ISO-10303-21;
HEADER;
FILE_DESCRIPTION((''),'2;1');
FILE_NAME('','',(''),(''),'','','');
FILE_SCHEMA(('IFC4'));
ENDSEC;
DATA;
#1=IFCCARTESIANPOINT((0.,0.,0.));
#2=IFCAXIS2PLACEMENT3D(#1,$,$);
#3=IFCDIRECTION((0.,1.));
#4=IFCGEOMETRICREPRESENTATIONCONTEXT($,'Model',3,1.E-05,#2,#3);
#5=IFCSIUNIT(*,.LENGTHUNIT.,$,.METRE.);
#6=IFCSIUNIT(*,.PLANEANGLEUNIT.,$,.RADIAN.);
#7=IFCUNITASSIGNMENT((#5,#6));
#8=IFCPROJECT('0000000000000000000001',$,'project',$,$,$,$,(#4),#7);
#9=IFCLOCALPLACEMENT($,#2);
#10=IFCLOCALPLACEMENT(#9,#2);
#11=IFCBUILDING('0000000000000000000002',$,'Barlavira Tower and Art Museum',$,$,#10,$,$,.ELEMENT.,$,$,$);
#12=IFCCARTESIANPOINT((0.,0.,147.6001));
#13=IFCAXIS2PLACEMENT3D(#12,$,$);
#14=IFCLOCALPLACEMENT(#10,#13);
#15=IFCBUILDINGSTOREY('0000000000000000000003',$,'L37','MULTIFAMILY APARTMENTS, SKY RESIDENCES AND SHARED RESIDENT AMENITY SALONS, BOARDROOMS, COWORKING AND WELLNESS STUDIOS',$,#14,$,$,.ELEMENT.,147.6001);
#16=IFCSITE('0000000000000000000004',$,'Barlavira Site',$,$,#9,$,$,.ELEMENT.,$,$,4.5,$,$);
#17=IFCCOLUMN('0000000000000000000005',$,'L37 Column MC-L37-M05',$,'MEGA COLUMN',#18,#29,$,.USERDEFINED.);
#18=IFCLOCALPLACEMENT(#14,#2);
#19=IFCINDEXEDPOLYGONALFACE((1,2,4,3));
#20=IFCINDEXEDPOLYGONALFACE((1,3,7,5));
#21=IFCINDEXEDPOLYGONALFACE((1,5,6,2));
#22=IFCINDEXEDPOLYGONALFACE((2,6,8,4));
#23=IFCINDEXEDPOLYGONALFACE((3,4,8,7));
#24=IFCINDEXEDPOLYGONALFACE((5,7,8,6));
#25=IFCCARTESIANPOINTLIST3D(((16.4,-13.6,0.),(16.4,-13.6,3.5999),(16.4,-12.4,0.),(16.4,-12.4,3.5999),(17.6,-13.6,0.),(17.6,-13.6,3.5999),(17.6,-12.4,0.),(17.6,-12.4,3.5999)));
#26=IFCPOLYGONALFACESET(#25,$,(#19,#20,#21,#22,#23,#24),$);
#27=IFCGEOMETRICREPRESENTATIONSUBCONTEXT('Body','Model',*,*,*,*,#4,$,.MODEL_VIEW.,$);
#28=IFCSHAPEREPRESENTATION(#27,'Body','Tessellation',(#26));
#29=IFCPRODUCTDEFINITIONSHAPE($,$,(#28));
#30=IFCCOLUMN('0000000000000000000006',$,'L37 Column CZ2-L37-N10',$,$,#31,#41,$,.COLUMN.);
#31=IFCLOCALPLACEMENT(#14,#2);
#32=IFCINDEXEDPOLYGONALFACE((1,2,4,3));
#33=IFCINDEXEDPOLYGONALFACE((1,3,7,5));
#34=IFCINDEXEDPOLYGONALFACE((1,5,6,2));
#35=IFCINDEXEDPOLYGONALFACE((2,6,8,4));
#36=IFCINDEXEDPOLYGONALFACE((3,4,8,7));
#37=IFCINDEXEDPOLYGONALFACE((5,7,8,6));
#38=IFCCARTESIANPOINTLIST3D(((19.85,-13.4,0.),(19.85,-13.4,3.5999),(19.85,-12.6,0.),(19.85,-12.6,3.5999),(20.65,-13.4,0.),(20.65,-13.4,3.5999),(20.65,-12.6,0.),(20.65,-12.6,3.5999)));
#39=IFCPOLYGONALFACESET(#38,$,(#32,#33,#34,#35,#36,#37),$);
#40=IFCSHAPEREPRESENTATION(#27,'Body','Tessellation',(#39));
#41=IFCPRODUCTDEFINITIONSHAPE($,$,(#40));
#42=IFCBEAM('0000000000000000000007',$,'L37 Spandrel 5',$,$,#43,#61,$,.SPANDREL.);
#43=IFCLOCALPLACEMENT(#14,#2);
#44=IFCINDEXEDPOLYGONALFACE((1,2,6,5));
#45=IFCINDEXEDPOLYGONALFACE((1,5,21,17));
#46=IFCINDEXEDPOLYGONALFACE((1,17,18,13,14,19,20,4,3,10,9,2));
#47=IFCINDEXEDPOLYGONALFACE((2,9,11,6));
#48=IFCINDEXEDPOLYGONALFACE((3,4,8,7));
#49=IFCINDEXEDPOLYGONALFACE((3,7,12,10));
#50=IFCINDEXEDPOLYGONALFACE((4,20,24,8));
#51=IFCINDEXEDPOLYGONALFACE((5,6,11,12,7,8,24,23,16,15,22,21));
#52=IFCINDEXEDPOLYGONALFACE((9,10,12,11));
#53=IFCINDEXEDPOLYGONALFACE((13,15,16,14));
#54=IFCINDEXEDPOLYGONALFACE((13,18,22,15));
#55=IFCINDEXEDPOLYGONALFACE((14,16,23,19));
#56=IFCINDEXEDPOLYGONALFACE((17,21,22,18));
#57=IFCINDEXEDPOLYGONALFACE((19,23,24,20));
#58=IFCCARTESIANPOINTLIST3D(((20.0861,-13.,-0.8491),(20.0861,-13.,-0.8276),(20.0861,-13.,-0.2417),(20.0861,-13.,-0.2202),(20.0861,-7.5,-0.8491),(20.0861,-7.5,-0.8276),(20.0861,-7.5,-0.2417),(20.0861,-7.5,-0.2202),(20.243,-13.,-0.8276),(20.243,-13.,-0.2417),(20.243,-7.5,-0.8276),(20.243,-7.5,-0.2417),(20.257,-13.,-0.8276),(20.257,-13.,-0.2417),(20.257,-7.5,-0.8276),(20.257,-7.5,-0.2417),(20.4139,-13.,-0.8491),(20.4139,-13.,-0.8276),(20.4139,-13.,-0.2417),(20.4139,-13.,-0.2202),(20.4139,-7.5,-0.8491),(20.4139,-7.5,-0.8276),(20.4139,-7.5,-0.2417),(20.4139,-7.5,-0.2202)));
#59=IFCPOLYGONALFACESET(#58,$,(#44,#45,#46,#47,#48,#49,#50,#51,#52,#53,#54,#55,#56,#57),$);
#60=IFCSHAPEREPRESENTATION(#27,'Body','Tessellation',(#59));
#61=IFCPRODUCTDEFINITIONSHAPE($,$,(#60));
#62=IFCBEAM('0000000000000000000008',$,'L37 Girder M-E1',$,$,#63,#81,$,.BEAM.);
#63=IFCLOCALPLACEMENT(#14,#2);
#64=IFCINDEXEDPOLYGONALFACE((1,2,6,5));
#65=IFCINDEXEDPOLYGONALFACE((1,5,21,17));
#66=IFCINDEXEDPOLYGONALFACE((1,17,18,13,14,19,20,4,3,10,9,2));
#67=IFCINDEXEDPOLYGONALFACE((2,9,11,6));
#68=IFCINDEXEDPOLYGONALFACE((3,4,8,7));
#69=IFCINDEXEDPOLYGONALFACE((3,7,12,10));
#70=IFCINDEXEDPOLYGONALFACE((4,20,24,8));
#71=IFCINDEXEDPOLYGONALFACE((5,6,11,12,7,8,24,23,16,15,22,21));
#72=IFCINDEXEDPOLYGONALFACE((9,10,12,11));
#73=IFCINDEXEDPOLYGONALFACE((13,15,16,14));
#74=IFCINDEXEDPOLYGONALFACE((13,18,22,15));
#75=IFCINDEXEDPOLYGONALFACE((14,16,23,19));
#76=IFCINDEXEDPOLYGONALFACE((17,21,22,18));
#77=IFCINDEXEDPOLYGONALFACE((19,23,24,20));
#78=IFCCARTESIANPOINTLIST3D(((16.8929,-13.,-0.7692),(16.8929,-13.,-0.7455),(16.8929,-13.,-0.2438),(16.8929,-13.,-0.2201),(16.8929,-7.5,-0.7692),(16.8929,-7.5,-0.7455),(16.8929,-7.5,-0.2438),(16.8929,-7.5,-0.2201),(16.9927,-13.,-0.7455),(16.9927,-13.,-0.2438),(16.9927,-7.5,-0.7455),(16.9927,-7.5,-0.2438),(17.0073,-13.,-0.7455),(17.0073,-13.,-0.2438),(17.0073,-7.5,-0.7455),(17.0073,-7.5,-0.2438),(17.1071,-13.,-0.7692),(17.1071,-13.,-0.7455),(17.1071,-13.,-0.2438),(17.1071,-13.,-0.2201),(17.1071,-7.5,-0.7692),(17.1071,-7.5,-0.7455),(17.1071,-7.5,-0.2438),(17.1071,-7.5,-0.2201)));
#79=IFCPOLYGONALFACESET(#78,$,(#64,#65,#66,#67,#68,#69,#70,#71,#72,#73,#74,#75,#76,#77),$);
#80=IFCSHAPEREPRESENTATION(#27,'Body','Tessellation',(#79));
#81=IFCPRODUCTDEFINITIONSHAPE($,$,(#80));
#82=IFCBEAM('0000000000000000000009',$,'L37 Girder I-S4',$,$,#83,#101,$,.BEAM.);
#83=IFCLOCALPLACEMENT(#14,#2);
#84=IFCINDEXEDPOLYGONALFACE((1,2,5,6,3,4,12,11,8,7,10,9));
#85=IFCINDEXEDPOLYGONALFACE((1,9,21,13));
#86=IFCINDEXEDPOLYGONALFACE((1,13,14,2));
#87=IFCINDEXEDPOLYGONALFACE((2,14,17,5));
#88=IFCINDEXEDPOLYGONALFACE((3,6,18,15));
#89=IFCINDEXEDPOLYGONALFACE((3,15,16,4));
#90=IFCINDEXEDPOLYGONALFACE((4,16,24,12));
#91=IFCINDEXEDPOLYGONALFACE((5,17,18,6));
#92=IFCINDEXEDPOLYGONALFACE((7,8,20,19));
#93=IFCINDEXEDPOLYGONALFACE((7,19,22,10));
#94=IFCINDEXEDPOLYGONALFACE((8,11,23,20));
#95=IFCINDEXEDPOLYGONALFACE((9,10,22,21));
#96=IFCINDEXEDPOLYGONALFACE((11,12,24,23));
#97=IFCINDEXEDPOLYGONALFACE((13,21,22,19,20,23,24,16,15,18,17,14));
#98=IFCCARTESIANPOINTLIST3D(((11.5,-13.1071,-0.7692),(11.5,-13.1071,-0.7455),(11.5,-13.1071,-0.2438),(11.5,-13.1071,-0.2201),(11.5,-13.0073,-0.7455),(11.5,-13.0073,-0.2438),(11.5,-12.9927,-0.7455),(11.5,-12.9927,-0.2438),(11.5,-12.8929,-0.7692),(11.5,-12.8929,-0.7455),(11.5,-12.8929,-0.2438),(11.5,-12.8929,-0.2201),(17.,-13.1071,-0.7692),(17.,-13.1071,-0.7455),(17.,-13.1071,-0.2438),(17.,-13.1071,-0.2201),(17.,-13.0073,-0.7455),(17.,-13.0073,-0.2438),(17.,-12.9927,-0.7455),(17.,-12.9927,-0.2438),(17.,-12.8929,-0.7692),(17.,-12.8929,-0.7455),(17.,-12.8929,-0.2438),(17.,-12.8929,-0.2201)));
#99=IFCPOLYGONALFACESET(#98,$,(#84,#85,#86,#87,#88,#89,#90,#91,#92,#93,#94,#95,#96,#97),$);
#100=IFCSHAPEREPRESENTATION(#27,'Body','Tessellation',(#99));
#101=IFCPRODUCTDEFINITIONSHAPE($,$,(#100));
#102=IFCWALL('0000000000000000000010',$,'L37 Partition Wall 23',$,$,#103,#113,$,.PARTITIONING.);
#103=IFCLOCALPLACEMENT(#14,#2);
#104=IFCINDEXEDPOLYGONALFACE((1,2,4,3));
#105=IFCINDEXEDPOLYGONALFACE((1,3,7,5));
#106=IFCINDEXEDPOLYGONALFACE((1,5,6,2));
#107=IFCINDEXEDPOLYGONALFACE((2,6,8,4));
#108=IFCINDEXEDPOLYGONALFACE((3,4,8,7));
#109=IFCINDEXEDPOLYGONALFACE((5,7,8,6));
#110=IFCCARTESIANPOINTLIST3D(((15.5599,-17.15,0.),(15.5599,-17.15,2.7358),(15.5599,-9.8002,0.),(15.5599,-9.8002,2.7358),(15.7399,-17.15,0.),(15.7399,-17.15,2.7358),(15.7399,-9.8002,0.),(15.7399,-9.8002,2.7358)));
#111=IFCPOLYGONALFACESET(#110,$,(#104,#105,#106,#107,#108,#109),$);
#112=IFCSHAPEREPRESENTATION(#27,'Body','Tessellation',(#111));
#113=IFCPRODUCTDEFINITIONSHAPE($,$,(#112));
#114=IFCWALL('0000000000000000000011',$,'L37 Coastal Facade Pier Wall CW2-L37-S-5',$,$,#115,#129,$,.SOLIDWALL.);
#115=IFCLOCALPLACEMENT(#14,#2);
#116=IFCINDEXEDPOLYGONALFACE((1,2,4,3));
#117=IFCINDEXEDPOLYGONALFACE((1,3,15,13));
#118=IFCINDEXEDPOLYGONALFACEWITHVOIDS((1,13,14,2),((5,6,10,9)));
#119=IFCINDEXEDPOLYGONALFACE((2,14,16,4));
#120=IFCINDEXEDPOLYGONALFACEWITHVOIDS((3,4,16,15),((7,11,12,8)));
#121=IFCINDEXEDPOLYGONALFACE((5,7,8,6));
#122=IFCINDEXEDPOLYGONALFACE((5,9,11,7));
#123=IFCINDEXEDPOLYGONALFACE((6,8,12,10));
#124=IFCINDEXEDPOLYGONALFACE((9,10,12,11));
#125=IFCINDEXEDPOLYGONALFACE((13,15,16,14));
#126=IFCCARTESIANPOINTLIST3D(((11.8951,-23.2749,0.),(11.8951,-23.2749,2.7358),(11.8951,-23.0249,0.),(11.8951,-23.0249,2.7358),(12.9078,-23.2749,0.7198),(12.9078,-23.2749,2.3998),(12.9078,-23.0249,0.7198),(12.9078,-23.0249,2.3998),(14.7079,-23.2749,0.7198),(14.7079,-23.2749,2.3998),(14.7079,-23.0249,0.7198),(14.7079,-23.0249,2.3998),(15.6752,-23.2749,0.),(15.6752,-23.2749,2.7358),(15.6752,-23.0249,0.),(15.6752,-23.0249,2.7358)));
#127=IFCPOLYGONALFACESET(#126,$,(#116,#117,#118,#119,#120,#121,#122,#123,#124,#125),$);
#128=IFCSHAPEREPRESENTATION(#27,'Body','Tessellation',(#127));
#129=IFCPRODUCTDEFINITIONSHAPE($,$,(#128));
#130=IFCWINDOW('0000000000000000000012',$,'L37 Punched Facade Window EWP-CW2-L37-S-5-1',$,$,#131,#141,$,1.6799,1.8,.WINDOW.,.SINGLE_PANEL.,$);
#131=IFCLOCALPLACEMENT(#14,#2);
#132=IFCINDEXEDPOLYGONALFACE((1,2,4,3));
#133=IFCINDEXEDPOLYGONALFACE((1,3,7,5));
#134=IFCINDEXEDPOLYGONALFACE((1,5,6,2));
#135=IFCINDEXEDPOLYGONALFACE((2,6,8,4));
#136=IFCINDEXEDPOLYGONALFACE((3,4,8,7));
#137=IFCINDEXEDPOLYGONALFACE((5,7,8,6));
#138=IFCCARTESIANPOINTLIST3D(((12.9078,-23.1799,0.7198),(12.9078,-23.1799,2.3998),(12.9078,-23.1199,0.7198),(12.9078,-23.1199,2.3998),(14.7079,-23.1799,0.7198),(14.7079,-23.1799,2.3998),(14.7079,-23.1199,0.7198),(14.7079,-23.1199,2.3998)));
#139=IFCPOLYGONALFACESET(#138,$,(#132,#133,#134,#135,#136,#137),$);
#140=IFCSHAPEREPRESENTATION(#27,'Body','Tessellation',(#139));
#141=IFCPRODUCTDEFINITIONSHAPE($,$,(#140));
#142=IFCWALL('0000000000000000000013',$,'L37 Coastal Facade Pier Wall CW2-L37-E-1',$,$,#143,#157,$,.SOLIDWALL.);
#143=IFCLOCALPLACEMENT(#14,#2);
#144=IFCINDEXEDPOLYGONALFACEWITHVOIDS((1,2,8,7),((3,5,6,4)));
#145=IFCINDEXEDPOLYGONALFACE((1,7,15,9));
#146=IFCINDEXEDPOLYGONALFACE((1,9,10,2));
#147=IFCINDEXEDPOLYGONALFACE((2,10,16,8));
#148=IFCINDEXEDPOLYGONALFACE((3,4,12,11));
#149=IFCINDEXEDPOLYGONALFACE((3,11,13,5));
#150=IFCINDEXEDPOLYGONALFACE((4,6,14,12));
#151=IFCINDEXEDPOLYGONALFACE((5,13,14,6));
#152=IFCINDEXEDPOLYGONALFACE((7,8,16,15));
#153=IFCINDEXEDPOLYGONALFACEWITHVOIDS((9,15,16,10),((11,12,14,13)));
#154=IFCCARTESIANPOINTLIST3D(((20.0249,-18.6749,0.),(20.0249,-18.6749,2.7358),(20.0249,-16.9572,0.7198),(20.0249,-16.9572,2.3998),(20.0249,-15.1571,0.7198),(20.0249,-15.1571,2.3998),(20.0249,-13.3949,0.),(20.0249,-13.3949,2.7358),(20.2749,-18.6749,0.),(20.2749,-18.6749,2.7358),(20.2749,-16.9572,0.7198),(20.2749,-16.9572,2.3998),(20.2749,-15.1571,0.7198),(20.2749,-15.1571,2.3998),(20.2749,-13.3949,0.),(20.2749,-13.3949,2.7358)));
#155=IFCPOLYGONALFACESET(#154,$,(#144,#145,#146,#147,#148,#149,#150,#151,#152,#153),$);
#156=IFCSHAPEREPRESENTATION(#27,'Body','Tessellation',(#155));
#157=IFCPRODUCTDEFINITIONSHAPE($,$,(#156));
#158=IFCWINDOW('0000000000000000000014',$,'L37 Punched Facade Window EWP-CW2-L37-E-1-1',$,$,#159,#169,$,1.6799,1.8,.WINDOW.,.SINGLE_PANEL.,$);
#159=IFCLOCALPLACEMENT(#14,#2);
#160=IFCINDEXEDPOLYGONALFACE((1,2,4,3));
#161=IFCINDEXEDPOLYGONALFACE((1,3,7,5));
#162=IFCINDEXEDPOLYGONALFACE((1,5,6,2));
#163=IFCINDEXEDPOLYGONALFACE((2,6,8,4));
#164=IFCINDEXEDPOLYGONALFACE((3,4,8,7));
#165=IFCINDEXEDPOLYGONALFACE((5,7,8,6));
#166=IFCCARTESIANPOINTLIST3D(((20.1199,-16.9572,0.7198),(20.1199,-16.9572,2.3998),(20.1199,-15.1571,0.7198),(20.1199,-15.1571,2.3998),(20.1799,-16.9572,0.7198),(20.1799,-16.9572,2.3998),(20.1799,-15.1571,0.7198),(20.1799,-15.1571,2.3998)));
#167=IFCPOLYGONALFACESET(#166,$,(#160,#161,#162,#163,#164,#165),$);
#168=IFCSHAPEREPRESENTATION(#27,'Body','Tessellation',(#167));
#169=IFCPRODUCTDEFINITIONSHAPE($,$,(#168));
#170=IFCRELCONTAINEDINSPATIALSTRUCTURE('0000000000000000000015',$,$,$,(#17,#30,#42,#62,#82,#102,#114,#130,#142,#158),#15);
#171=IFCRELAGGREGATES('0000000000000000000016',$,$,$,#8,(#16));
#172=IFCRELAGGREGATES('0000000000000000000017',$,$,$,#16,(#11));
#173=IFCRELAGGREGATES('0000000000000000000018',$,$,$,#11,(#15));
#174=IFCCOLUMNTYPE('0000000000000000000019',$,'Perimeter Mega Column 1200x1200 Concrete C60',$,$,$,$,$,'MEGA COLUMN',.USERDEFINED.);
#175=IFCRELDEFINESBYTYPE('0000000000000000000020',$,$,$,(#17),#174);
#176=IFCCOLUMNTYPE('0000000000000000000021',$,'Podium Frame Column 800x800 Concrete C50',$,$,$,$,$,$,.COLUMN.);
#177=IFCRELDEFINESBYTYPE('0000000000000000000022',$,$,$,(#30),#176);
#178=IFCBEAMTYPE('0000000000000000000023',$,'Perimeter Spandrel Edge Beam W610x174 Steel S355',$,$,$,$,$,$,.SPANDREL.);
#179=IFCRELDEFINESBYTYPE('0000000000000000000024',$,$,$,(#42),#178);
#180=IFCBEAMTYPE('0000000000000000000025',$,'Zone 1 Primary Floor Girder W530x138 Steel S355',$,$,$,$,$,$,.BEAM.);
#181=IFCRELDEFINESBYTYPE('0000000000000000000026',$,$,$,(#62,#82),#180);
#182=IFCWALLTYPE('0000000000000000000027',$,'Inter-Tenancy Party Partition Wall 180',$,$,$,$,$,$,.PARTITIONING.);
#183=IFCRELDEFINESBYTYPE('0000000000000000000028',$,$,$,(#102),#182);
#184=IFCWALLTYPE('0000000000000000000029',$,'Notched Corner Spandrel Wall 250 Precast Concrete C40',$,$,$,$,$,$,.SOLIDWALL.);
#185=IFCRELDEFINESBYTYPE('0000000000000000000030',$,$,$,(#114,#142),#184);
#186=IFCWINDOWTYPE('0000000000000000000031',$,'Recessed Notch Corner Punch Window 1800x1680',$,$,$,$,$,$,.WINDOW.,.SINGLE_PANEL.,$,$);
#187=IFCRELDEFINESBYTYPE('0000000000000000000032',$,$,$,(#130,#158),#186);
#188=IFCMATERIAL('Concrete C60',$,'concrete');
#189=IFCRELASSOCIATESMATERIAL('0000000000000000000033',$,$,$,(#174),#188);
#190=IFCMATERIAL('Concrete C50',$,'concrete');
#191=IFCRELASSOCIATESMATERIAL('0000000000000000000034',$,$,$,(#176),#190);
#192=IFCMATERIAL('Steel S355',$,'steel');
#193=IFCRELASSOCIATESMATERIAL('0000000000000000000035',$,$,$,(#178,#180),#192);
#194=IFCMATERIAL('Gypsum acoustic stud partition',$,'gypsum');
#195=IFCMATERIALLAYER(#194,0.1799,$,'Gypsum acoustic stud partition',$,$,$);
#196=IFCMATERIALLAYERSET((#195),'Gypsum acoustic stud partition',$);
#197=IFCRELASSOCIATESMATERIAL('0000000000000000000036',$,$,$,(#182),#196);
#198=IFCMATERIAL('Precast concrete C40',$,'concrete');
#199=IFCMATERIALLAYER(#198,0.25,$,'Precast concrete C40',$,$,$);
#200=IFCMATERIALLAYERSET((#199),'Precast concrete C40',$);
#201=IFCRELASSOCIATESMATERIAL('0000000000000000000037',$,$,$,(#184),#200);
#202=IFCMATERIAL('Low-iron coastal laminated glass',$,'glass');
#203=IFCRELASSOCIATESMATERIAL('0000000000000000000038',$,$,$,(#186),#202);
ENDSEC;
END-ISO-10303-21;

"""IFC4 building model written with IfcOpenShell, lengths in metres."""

from ifc_helpers import new_model, si_unit, direction, frame, frame_2d, origin, origin_2d, place, context, subcontext, project, spatial, rectangle, i_section, extrude, material, layer, layer_set, material_profile, profile_set, type_object, element, fill, save


model = new_model("IFC4")

# Units and contexts
model_context = context("Model", 3, precision=1e-05, world=origin(), true_north=direction((0.0, 1.0)))
body_context = subcontext(model_context, "Body", "Model", "MODEL_VIEW")
ifc_project = project(units=[si_unit("LENGTHUNIT", "METRE"), si_unit("PLANEANGLEUNIT", "RADIAN")], contexts=[model_context])

# Site, building, storey
site_placement = place(None, origin())
site = spatial("IfcSite", under=ifc_project, at=site_placement, Name="Barlavira Site", CompositionType="ELEMENT", RefElevation=4.5)
building_placement = place(site_placement, origin())
building = spatial("IfcBuilding", under=site, at=building_placement, Name="Barlavira Tower and Art Museum", CompositionType="ELEMENT")
storey_placement = place(building_placement, frame((0.0, 0.0, 147.6001)))
storey = spatial("IfcBuildingStorey", under=building, at=storey_placement, Name="L37", Description="MULTIFAMILY APARTMENTS, SKY RESIDENCES AND SHARED RESIDENT AMENITY SALONS, BOARDROOMS, COWORKING AND WELLNESS STUDIOS", CompositionType="ELEMENT", Elevation=147.6001)

# Columns
ifc_material_1 = material(Name="Concrete C60", Category="concrete")
ifc_material_profile_1 = material_profile(ifc_material_1, rectangle(XDim=1.2, YDim=1.2, at=origin_2d()), Name="RC-COL 1200x1200")
ifc_profile_set_1 = profile_set([ifc_material_profile_1], Name="Concrete C60")
column_type_1 = type_object("IfcColumnType", Name="Perimeter Mega Column 1200x1200 Concrete C60", ElementType="MEGA COLUMN", PredefinedType="USERDEFINED", material=ifc_profile_set_1)
column_1_placement = place(storey_placement, frame((17.0, -13.0, 0.0), z_axis=(0.0, 0.0, 1.0), x_axis=(1.0, 0.0, 0.0)))
element("IfcColumn", 1, at=column_1_placement, inside=storey, type_object=column_type_1, Name="L37 Column MC-L37-M05", ObjectType="MEGA COLUMN", PredefinedType="USERDEFINED", context=body_context, shape_type="SweptSolid", body=[
    extrude(rectangle(XDim=1.2, YDim=1.2, at=origin_2d()), origin(), (0.0, 0.0, 1.0), 3.5999),
])
ifc_material_2 = material(Name="Concrete C50", Category="concrete")
ifc_material_profile_2 = material_profile(ifc_material_2, rectangle(XDim=0.8, YDim=0.8, at=origin_2d()), Name="RC-COL 800x800")
ifc_profile_set_2 = profile_set([ifc_material_profile_2], Name="Concrete C50")
column_type_2 = type_object("IfcColumnType", Name="Podium Frame Column 800x800 Concrete C50", PredefinedType="COLUMN", material=ifc_profile_set_2)
column_2_placement = place(storey_placement, frame((20.25, -13.0, 0.0), z_axis=(0.0, 0.0, 1.0), x_axis=(1.0, 0.0, 0.0)))
element("IfcColumn", 2, at=column_2_placement, inside=storey, type_object=column_type_2, Name="L37 Column CZ2-L37-N10", PredefinedType="COLUMN", context=body_context, shape_type="SweptSolid", body=[
    extrude(rectangle(XDim=0.8, YDim=0.8, at=origin_2d()), origin(), (0.0, 0.0, 1.0), 3.5999),
])

# Beams
ifc_material_3 = material(Name="Steel S355", Category="steel")
ifc_material_profile_3 = material_profile(ifc_material_3, i_section(OverallWidth=0.3279, OverallDepth=0.6289, WebThickness=0.0139, FlangeThickness=0.0215, at=origin_2d()), Name="W610x174.0")
ifc_profile_set_3 = profile_set([ifc_material_profile_3], Name="Steel S355")
beam_type_1 = type_object("IfcBeamType", Name="Perimeter Spandrel Edge Beam W610x174 Steel S355", PredefinedType="SPANDREL", material=ifc_profile_set_3)
beam_placement = place(storey_placement, frame((20.25, -13.0, -0.5347), z_axis=(0.0, 1.0, 0.0), x_axis=(-1.0, 0.0, 0.0)))
element("IfcBeam", 3, at=beam_placement, inside=storey, type_object=beam_type_1, Name="L37 Spandrel 5", PredefinedType="SPANDREL", context=body_context, shape_type="SweptSolid", body=[
    extrude(i_section(OverallWidth=0.3279, OverallDepth=0.6289, WebThickness=0.0139, FlangeThickness=0.0215, at=origin_2d()), origin(), (0.0, 0.0, 1.0), 5.5),
])
ifc_material_profile_4 = material_profile(ifc_material_3, i_section(OverallWidth=0.2141, OverallDepth=0.5491, WebThickness=0.0146, FlangeThickness=0.0237, at=origin_2d()), Name="W530x138.0")
ifc_profile_set_4 = profile_set([ifc_material_profile_4], Name="Steel S355")
beam_type_2 = type_object("IfcBeamType", Name="Zone 1 Primary Floor Girder W530x138 Steel S355", PredefinedType="BEAM", material=ifc_profile_set_4)
for number, where, z_axis, x_axis, name in (
    (4, (17.0, -13.0, -0.4946), (0.0, 1.0, 0.0), (-1.0, 0.0, 0.0), "L37 Girder M-E1"),
    (5, (11.5, -13.0, -0.4946), (1.0, 0.0, 0.0), (0.0, 1.0, 0.0), "L37 Girder I-S4"),
):
    element("IfcBeam", number, at=place(storey_placement, frame(where, z_axis=z_axis, x_axis=x_axis)), inside=storey, type_object=beam_type_2, Name=name, PredefinedType="BEAM", context=body_context, shape_type="SweptSolid", body=[
        extrude(i_section(OverallWidth=0.2141, OverallDepth=0.5491, WebThickness=0.0146, FlangeThickness=0.0237, at=origin_2d()), origin(), (0.0, 0.0, 1.0), 5.5),
    ])

# Wall
ifc_material_4 = material(Name="Gypsum acoustic stud partition", Category="gypsum")
ifc_layer_1 = layer(ifc_material_4, 0.1799, Name="Gypsum acoustic stud partition")
ifc_layer_set_1 = layer_set([ifc_layer_1], Name="Gypsum acoustic stud partition")
wall_type_1 = type_object("IfcWallType", Name="Inter-Tenancy Party Partition Wall 180", PredefinedType="PARTITIONING", material=ifc_layer_set_1)
wall_1_placement = place(storey_placement, frame((15.6499, -17.1499, 0.0), z_axis=(0.0, 0.0, 1.0), x_axis=(0.0, 1.0, 0.0)))
element("IfcWall", 6, at=wall_1_placement, inside=storey, type_object=wall_type_1, Name="L37 Partition Wall 23", PredefinedType="PARTITIONING", context=body_context, shape_type="SweptSolid", body=[
    extrude(rectangle(XDim=7.3499, YDim=0.1799, at=frame_2d((3.6748, 0.0))), origin(), (0.0, 0.0, 1.0), 2.7358),
])

# Walls, openings, windows
ifc_material_5 = material(Name="Precast concrete C40", Category="concrete")
ifc_layer_2 = layer(ifc_material_5, 0.25, Name="Precast concrete C40")
ifc_layer_set_2 = layer_set([ifc_layer_2], Name="Precast concrete C40")
wall_type_2 = type_object("IfcWallType", Name="Notched Corner Spandrel Wall 250 Precast Concrete C40", PredefinedType="SOLIDWALL", material=ifc_layer_set_2)
wall_2_placement = place(storey_placement, frame((11.895, -23.1499, 0.0), z_axis=(0.0, 0.0, 1.0), x_axis=(1.0, 0.0, 0.0)))
wall_2 = element("IfcWall", 7, at=wall_2_placement, inside=storey, type_object=wall_type_2, Name="L37 Coastal Facade Pier Wall CW2-L37-S-5", PredefinedType="SOLIDWALL", context=body_context, shape_type="SweptSolid", body=[
    extrude(rectangle(XDim=3.78, YDim=0.25, at=frame_2d((1.8901, 0.0))), origin(), (0.0, 0.0, 1.0), 2.7358),
])
opening_1_placement = place(wall_2_placement, frame((1.0129, 0.0, 0.72)))
opening_1 = element("IfcOpeningElement", 8, at=opening_1_placement, cuts=wall_2, PredefinedType="OPENING", context=body_context, shape_type="SweptSolid", body=[
    extrude(rectangle(XDim=1.8, YDim=1.6799, at=frame_2d((0.8999, 0.8398))), frame((0.0, 0.135, 0.0), z_axis=(0.0, -1.0, 0.0), x_axis=(1.0, 0.0, 0.0)), (0.0, 0.0, 1.0), 0.27),
])
ifc_material_6 = material(Name="Low-iron coastal laminated glass", Category="glass")
window_type = type_object("IfcWindowType", Name="Recessed Notch Corner Punch Window 1800x1680", PartitioningType="SINGLE_PANEL", PredefinedType="WINDOW", material=ifc_material_6)
window_1_placement = place(opening_1_placement, origin())
window_1 = element("IfcWindow", 9, at=window_1_placement, inside=storey, type_object=window_type, Name="L37 Punched Facade Window EWP-CW2-L37-S-5-1", OverallHeight=1.6799, OverallWidth=1.8, PartitioningType="SINGLE_PANEL", PredefinedType="WINDOW", context=body_context, shape_type="SweptSolid", body=[
    extrude(rectangle(XDim=1.8, YDim=1.6799, at=frame_2d((0.8999, 0.8398))), frame((0.0, 0.03, 0.0), z_axis=(0.0, -1.0, 0.0), x_axis=(1.0, 0.0, 0.0)), (0.0, 0.0, 1.0), 0.0601),
])
fill(opening_1, window_1)
wall_3_placement = place(storey_placement, frame((20.1499, -18.675, 0.0), z_axis=(0.0, 0.0, 1.0), x_axis=(0.0, 1.0, 0.0)))
wall_3 = element("IfcWall", 10, at=wall_3_placement, inside=storey, type_object=wall_type_2, Name="L37 Coastal Facade Pier Wall CW2-L37-E-1", PredefinedType="SOLIDWALL", context=body_context, shape_type="SweptSolid", body=[
    extrude(rectangle(XDim=5.28, YDim=0.25, at=frame_2d((2.6401, 0.0))), origin(), (0.0, 0.0, 1.0), 2.7358),
])
opening_2_placement = place(wall_3_placement, frame((1.718, 0.0, 0.72)))
opening_2 = element("IfcOpeningElement", 11, at=opening_2_placement, cuts=wall_3, PredefinedType="OPENING", context=body_context, shape_type="SweptSolid", body=[
    extrude(rectangle(XDim=1.8, YDim=1.6799, at=frame_2d((0.8999, 0.8398))), frame((0.0, 0.135, 0.0), z_axis=(0.0, -1.0, 0.0), x_axis=(1.0, 0.0, 0.0)), (0.0, 0.0, 1.0), 0.27),
])
window_2_placement = place(opening_2_placement, origin())
window_2 = element("IfcWindow", 12, at=window_2_placement, inside=storey, type_object=window_type, Name="L37 Punched Facade Window EWP-CW2-L37-E-1-1", OverallHeight=1.6799, OverallWidth=1.8, PartitioningType="SINGLE_PANEL", PredefinedType="WINDOW", context=body_context, shape_type="SweptSolid", body=[
    extrude(rectangle(XDim=1.8, YDim=1.6799, at=frame_2d((0.8999, 0.8398))), frame((0.0, 0.03, 0.0), z_axis=(0.0, -1.0, 0.0), x_axis=(1.0, 0.0, 0.0)), (0.0, 0.0, 1.0), 0.0601),
])
fill(opening_2, window_2)

save(model, "model.ifc")
